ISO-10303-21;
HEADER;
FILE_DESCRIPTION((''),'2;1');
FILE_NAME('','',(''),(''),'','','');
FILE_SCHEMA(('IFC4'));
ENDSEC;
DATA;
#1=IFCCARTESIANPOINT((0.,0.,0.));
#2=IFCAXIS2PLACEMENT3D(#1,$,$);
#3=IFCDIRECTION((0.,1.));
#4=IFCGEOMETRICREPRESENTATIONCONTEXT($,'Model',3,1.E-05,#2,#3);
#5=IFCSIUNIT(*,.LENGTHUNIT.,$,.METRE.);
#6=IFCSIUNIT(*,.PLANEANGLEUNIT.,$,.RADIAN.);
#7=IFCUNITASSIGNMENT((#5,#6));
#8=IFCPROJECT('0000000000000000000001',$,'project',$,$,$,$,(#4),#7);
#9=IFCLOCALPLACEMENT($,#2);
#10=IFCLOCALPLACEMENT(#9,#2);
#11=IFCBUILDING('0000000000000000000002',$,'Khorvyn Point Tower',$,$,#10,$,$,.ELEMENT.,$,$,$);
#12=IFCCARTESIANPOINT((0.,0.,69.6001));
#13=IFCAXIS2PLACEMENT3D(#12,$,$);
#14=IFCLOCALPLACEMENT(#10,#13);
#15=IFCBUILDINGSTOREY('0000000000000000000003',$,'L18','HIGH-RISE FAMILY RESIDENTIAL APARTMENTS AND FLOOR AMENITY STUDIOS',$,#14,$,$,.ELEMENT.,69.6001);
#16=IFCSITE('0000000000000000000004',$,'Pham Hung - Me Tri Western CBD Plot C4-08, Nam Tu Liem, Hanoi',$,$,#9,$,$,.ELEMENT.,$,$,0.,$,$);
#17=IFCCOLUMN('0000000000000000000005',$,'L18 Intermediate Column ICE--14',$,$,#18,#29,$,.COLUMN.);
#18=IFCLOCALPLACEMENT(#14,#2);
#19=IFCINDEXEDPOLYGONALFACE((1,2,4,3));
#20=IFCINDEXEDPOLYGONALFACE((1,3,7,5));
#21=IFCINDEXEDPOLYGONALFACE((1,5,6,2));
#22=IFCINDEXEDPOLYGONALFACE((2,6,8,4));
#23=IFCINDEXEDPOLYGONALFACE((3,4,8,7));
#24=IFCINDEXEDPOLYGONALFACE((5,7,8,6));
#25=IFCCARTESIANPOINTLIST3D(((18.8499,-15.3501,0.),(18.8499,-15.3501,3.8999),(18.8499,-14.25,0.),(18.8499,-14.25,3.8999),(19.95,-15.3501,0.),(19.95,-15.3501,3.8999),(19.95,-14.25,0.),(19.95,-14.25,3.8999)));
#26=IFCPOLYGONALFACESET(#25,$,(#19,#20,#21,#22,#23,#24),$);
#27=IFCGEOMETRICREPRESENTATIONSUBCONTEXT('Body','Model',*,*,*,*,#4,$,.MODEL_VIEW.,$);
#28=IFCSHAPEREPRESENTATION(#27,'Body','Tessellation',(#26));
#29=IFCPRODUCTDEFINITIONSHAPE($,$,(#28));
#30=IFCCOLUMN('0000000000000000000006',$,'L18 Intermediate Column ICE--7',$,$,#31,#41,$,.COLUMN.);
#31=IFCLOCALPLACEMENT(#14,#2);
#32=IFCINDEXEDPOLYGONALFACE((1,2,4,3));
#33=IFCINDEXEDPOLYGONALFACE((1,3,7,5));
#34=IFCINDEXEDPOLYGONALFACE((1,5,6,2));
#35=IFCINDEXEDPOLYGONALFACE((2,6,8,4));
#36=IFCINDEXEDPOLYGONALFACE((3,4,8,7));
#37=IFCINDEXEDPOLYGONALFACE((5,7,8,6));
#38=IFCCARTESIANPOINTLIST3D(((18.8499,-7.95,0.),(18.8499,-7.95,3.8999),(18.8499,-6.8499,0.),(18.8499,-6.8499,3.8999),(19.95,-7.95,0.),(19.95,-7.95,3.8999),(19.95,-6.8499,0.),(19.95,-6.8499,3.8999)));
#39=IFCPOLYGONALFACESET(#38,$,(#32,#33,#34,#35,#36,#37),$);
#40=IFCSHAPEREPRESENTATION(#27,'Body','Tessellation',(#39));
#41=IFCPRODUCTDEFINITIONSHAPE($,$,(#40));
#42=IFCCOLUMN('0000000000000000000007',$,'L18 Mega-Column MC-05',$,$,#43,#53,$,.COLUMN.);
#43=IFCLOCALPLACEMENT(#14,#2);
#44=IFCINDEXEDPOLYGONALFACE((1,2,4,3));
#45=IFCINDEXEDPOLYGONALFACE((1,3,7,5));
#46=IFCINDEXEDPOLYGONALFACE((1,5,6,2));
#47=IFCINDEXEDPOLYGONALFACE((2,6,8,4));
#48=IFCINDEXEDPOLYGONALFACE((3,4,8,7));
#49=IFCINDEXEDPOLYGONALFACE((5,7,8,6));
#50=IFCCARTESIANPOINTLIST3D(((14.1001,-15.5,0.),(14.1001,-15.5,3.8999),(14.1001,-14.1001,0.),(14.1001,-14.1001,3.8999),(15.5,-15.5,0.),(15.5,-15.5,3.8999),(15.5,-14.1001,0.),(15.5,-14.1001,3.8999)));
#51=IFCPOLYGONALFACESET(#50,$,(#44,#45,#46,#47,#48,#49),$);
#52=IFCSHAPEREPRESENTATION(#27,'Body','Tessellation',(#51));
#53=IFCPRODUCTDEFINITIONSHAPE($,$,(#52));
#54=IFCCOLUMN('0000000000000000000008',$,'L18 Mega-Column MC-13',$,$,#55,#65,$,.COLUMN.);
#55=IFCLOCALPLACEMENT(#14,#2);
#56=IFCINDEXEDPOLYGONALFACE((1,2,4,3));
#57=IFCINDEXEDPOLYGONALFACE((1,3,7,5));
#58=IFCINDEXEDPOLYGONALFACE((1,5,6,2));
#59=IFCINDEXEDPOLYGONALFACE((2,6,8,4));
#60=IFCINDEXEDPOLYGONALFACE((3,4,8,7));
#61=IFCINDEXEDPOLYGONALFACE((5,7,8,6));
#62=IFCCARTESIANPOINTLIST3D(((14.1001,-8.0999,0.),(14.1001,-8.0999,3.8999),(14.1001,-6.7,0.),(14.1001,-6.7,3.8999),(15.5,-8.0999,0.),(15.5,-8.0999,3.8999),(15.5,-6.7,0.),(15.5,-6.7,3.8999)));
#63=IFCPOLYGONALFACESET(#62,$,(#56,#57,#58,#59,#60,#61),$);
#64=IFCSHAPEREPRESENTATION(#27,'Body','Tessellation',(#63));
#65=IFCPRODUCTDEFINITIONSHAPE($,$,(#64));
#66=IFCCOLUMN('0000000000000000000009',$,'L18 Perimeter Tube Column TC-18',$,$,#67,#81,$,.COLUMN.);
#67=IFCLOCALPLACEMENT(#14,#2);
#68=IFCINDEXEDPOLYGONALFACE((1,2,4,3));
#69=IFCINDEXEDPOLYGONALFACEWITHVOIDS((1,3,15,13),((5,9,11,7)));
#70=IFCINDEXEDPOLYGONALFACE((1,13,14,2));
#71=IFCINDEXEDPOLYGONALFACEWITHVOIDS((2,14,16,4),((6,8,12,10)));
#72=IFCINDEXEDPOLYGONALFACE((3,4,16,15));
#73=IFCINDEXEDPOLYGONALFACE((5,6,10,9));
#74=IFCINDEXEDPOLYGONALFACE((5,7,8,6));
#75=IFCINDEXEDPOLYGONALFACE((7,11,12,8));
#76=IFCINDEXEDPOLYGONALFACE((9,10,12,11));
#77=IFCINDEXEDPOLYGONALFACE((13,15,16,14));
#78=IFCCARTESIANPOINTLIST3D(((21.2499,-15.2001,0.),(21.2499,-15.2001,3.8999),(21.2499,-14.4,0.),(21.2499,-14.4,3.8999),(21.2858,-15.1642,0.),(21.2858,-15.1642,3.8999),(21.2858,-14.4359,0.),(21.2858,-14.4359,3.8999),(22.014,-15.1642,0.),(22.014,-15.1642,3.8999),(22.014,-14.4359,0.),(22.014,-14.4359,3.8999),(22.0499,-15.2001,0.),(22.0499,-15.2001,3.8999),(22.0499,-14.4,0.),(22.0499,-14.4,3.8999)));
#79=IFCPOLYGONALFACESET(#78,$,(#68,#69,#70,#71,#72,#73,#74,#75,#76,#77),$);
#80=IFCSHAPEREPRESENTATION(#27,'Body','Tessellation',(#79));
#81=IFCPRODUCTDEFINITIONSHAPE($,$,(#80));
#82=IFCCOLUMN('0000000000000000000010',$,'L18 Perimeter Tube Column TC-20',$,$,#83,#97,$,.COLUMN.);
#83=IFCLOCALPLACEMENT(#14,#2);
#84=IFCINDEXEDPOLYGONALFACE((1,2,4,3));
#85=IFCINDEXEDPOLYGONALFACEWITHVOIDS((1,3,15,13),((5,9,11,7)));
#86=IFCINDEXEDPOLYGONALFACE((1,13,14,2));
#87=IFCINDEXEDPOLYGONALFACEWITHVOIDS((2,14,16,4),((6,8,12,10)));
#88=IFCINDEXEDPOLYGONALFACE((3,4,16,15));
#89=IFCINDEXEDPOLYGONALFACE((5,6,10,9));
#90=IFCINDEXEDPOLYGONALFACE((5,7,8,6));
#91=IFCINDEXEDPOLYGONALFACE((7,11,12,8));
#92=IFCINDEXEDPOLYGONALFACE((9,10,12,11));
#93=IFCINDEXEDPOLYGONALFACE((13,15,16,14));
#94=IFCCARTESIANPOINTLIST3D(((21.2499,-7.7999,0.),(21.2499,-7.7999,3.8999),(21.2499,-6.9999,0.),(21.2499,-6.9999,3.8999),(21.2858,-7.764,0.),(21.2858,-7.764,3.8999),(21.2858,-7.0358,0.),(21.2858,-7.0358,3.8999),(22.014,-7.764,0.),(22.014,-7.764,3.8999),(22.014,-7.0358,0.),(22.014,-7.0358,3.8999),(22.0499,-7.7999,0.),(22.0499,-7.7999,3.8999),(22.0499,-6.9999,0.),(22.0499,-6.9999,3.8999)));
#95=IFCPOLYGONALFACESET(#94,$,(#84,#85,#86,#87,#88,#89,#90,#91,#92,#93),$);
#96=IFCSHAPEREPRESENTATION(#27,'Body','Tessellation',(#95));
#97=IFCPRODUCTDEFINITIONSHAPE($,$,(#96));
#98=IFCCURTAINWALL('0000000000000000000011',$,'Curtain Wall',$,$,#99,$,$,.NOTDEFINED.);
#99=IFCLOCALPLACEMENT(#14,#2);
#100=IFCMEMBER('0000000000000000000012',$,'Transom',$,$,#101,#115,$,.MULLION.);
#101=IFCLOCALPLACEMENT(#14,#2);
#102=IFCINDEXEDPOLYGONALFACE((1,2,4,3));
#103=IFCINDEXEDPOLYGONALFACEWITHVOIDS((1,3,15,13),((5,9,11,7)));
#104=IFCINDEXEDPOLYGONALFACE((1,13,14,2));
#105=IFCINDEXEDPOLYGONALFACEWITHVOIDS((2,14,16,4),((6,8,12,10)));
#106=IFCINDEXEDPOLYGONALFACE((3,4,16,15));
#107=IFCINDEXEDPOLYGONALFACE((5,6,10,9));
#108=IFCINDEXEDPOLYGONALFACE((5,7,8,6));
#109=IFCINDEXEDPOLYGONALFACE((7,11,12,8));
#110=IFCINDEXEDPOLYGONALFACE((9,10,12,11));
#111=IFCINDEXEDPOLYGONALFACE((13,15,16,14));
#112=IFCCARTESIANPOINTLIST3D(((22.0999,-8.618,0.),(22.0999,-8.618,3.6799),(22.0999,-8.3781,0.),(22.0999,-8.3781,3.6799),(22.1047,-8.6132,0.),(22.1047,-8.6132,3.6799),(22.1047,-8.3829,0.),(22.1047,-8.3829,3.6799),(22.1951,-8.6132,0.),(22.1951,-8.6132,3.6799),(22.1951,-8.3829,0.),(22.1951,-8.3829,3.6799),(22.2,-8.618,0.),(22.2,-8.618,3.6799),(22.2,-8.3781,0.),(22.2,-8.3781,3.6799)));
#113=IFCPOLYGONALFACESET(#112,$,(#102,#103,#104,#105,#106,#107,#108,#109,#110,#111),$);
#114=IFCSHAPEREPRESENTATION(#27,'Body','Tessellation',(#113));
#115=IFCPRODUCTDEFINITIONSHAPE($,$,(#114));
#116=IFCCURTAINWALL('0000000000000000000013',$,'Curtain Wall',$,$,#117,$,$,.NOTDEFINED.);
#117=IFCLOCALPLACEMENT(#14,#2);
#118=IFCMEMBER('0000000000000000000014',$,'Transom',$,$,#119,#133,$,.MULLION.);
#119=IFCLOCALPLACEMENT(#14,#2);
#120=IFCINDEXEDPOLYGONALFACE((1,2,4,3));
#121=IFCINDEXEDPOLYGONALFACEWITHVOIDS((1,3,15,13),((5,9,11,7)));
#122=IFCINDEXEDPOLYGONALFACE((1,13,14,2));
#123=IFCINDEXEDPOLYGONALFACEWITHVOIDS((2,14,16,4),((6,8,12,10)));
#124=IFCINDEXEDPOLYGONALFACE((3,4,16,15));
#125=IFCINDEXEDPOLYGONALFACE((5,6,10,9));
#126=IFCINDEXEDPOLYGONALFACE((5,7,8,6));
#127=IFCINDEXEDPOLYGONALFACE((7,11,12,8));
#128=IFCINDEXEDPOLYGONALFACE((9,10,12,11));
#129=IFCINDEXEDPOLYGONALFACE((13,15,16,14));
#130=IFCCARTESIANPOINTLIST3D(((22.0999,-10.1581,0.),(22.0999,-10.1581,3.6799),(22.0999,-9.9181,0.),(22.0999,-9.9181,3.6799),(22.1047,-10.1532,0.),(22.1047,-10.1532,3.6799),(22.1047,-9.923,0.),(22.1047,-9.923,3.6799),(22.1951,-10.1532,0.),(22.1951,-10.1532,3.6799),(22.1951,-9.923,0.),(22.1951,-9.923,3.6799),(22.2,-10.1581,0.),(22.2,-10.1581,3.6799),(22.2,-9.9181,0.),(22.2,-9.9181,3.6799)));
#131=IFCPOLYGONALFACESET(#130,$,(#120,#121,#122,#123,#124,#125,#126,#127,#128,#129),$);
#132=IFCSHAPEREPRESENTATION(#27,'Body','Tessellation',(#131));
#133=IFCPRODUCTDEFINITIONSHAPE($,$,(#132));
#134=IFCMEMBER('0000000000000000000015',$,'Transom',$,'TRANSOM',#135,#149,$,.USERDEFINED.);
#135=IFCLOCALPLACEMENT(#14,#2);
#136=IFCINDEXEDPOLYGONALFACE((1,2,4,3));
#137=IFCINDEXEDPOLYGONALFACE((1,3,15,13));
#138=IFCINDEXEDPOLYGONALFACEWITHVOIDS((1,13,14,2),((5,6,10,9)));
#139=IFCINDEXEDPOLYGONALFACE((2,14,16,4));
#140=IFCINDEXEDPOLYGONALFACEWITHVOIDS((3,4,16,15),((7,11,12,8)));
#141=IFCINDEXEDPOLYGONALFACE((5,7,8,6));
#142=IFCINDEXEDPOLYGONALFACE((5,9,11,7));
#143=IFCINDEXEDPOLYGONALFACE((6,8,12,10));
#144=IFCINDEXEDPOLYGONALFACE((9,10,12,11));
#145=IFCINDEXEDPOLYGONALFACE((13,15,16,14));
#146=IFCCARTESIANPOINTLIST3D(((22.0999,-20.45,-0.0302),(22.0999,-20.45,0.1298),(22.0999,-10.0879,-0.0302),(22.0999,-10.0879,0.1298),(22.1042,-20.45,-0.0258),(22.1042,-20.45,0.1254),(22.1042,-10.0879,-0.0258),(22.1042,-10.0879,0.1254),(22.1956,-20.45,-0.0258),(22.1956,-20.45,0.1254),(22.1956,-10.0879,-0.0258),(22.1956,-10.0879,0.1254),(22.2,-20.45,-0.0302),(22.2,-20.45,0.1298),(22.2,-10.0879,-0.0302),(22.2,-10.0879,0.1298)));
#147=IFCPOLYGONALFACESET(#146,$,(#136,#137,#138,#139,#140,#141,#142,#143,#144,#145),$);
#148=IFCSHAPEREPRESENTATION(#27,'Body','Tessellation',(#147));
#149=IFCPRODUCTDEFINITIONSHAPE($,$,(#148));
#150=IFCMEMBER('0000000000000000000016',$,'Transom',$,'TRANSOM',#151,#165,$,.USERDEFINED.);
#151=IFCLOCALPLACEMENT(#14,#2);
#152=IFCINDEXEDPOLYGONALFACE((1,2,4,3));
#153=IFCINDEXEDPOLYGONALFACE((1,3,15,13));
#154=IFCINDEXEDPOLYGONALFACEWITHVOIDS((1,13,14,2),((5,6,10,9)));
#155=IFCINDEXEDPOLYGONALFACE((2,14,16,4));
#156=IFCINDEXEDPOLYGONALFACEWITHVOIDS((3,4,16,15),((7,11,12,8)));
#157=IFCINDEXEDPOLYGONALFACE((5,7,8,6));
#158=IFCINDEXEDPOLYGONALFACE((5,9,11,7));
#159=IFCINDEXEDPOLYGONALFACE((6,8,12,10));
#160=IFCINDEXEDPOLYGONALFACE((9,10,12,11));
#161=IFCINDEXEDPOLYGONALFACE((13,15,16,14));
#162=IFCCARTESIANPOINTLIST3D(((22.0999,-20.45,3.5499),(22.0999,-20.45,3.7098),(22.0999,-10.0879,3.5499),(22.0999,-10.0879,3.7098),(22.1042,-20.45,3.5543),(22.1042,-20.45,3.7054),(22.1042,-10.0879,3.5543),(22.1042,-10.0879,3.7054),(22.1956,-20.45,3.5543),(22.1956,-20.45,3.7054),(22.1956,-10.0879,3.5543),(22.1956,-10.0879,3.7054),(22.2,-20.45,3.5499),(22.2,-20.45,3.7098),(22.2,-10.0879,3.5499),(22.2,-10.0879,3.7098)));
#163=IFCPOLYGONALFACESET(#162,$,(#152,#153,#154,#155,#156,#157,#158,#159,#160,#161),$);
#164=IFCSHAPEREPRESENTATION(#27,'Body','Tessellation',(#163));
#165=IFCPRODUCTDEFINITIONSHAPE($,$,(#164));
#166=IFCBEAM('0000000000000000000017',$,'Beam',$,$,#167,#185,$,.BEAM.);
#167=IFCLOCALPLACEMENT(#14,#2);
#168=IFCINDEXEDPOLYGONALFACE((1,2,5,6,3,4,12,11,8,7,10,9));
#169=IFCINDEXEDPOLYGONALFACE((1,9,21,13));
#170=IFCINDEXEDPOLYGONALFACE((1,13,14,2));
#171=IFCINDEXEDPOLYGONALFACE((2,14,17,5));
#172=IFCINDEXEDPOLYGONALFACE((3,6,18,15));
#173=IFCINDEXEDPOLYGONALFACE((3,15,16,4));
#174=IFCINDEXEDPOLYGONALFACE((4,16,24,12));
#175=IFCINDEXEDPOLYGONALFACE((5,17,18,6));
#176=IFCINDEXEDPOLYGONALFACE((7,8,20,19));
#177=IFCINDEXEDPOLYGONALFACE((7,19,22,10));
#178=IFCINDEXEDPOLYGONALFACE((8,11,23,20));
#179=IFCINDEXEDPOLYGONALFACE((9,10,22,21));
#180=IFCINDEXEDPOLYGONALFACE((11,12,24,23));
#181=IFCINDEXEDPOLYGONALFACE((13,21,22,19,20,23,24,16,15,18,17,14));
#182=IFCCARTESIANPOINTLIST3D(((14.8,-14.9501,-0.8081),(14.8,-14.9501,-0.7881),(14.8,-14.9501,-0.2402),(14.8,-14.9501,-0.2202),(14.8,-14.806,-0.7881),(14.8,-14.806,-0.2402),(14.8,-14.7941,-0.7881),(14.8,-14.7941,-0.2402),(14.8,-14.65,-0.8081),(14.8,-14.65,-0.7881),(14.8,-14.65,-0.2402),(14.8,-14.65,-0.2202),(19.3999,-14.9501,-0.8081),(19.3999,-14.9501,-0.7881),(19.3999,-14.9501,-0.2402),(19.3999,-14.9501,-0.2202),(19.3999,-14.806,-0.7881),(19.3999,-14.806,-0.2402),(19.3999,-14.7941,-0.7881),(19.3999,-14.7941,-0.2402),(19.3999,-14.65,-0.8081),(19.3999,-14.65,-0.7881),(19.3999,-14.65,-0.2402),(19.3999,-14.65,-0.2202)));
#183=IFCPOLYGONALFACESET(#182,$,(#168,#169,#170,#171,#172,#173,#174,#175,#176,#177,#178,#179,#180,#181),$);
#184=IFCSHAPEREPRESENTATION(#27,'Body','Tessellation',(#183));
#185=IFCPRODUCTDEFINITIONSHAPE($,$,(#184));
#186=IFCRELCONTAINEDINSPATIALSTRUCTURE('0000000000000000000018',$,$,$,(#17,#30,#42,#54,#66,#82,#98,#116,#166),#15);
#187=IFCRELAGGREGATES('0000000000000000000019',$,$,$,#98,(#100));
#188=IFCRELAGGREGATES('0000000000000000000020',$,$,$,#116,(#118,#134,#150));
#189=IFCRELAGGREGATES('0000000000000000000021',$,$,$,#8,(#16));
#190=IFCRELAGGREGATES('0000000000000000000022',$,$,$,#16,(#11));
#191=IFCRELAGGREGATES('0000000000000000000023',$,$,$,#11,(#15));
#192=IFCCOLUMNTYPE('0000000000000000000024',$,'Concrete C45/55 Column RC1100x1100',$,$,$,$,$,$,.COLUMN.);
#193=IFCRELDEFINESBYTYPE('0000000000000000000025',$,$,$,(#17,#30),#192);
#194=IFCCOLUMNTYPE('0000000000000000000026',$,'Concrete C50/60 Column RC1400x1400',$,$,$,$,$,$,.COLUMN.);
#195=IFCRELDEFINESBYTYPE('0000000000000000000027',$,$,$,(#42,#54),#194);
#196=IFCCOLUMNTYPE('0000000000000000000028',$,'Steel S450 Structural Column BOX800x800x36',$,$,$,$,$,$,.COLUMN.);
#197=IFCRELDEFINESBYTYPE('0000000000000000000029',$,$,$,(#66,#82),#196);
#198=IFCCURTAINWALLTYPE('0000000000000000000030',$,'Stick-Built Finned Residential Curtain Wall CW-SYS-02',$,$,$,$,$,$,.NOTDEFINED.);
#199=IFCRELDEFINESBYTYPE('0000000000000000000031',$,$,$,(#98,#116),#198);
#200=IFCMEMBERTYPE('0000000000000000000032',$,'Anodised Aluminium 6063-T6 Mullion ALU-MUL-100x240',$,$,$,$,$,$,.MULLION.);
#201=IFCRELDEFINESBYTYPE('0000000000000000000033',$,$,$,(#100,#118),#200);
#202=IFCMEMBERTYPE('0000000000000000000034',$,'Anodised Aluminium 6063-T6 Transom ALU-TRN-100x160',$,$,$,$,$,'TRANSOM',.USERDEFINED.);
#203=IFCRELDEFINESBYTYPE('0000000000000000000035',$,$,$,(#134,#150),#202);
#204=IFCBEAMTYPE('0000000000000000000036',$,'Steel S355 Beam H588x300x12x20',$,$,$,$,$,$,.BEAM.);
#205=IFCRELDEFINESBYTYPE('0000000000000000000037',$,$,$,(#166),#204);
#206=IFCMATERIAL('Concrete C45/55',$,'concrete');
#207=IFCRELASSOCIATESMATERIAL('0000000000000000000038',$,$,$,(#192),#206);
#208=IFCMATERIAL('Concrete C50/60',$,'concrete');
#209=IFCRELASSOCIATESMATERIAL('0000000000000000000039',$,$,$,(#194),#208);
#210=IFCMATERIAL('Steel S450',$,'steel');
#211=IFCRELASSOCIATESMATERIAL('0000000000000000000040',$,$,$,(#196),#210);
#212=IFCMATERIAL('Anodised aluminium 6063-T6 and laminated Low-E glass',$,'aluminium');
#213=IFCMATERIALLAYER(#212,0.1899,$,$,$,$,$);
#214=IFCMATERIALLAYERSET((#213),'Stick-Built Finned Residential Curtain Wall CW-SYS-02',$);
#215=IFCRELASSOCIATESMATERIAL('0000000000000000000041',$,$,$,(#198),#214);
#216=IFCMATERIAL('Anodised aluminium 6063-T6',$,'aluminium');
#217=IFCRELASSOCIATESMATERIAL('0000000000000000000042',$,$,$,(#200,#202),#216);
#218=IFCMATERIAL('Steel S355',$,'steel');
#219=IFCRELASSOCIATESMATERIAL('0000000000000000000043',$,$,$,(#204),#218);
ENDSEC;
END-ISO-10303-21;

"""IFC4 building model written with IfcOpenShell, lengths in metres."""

from ifc_helpers import new_model, si_unit, direction, frame, origin, origin_2d, place, context, subcontext, project, spatial, rectangle, hollow_rectangle, i_section, extrude, material, layer, layer_set, material_profile, profile_set, type_object, element, aggregate, save


model = new_model("IFC4")

# Units and contexts
model_context = context("Model", 3, precision=1e-05, world=origin(), true_north=direction((0.0, 1.0)))
body_context = subcontext(model_context, "Body", "Model", "MODEL_VIEW")
ifc_project = project(units=[si_unit("LENGTHUNIT", "METRE"), si_unit("PLANEANGLEUNIT", "RADIAN")], contexts=[model_context])

# Site, building, storey
site_placement = place(None, origin())
site = spatial("IfcSite", under=ifc_project, at=site_placement, Name="Pham Hung - Me Tri Western CBD Plot C4-08, Nam Tu Liem, Hanoi", CompositionType="ELEMENT", RefElevation=0.0)
building_placement = place(site_placement, origin())
building = spatial("IfcBuilding", under=site, at=building_placement, Name="Khorvyn Point Tower", CompositionType="ELEMENT")
storey_placement = place(building_placement, frame((0.0, 0.0, 69.6001)))
storey = spatial("IfcBuildingStorey", under=building, at=storey_placement, Name="L18", Description="HIGH-RISE FAMILY RESIDENTIAL APARTMENTS AND FLOOR AMENITY STUDIOS", CompositionType="ELEMENT", Elevation=69.6001)

# Columns
ifc_material_1 = material(Name="Concrete C45/55", Category="concrete")
ifc_material_profile_1 = material_profile(ifc_material_1, rectangle(XDim=1.1001, YDim=1.1001, at=origin_2d()))
ifc_profile_set_1 = profile_set([ifc_material_profile_1], Name="Concrete C45/55 RC1100x1100")
column_type_1 = type_object("IfcColumnType", Name="Concrete C45/55 Column RC1100x1100", PredefinedType="COLUMN", material=ifc_profile_set_1)
for number, where, z_axis, x_axis, name in (
    (1, (19.3999, -14.8, 0.0), (0.0, 0.0, 1.0), (1.0, 0.0, 0.0), "L18 Intermediate Column ICE--14"),
    (2, (19.3999, -7.3999, 0.0), (0.0, 0.0, 1.0), (1.0, 0.0, 0.0), "L18 Intermediate Column ICE--7"),
):
    element("IfcColumn", number, at=place(storey_placement, frame(where, z_axis=z_axis, x_axis=x_axis)), inside=storey, type_object=column_type_1, Name=name, PredefinedType="COLUMN", context=body_context, shape_type="SweptSolid", body=[
        extrude(rectangle(XDim=1.1001, YDim=1.1001, at=origin_2d()), origin(), (0.0, 0.0, 1.0), 3.8999),
    ])
ifc_material_2 = material(Name="Concrete C50/60", Category="concrete")
ifc_material_profile_2 = material_profile(ifc_material_2, rectangle(XDim=1.3999, YDim=1.3999, at=origin_2d()))
ifc_profile_set_2 = profile_set([ifc_material_profile_2], Name="Concrete C50/60 RC1400x1400")
column_type_2 = type_object("IfcColumnType", Name="Concrete C50/60 Column RC1400x1400", PredefinedType="COLUMN", material=ifc_profile_set_2)
for number, where, z_axis, x_axis, name in (
    (3, (14.8, -14.8, 0.0), (0.0, 0.0, 1.0), (1.0, 0.0, 0.0), "L18 Mega-Column MC-05"),
    (4, (14.8, -7.3999, 0.0), (0.0, 0.0, 1.0), (1.0, 0.0, 0.0), "L18 Mega-Column MC-13"),
):
    element("IfcColumn", number, at=place(storey_placement, frame(where, z_axis=z_axis, x_axis=x_axis)), inside=storey, type_object=column_type_2, Name=name, PredefinedType="COLUMN", context=body_context, shape_type="SweptSolid", body=[
        extrude(rectangle(XDim=1.3999, YDim=1.3999, at=origin_2d()), origin(), (0.0, 0.0, 1.0), 3.8999),
    ])
ifc_material_3 = material(Name="Steel S450", Category="steel")
ifc_material_profile_3 = material_profile(ifc_material_3, hollow_rectangle(XDim=0.8, YDim=0.8, WallThickness=0.0359, at=origin_2d()))
ifc_profile_set_3 = profile_set([ifc_material_profile_3], Name="Steel S450 BOX800x800x36")
column_type_3 = type_object("IfcColumnType", Name="Steel S450 Structural Column BOX800x800x36", PredefinedType="COLUMN", material=ifc_profile_set_3)
for number, where, z_axis, x_axis, name in (
    (5, (21.6499, -14.8, 0.0), (0.0, 0.0, 1.0), (1.0, 0.0, 0.0), "L18 Perimeter Tube Column TC-18"),
    (6, (21.6499, -7.3999, 0.0), (0.0, 0.0, 1.0), (1.0, 0.0, 0.0), "L18 Perimeter Tube Column TC-20"),
):
    element("IfcColumn", number, at=place(storey_placement, frame(where, z_axis=z_axis, x_axis=x_axis)), inside=storey, type_object=column_type_3, Name=name, PredefinedType="COLUMN", context=body_context, shape_type="SweptSolid", body=[
        extrude(hollow_rectangle(XDim=0.8, YDim=0.8, WallThickness=0.0359, at=origin_2d()), origin(), (0.0, 0.0, 1.0), 3.8999),
    ])

# Curtain wall, member
ifc_material_4 = material(Name="Anodised aluminium 6063-T6 and laminated Low-E glass", Category="aluminium")
ifc_layer_1 = layer(ifc_material_4, 0.1899)
ifc_layer_set_1 = layer_set([ifc_layer_1], Name="Stick-Built Finned Residential Curtain Wall CW-SYS-02")
curtain_wall_type = type_object("IfcCurtainWallType", Name="Stick-Built Finned Residential Curtain Wall CW-SYS-02", PredefinedType="NOTDEFINED", material=ifc_layer_set_1)
curtain_wall_1_placement = place(storey_placement, origin())
curtain_wall_1 = element("IfcCurtainWall", 7, at=curtain_wall_1_placement, inside=storey, type_object=curtain_wall_type, Name="Curtain Wall", PredefinedType="NOTDEFINED")
ifc_material_5 = material(Name="Anodised aluminium 6063-T6", Category="aluminium")
ifc_material_profile_4 = material_profile(ifc_material_5, hollow_rectangle(XDim=0.1001, YDim=0.24, WallThickness=0.0049, at=origin_2d()))
ifc_profile_set_4 = profile_set([ifc_material_profile_4], Name="Anodised aluminium 6063-T6 ALU-MUL-100x240")
member_type_1 = type_object("IfcMemberType", Name="Anodised Aluminium 6063-T6 Mullion ALU-MUL-100x240", PredefinedType="MULLION", material=ifc_profile_set_4)
member_1_placement = place(storey_placement, frame((22.1499, -8.498, 0.0), z_axis=(0.0, 0.0, 1.0), x_axis=(1.0, 0.0, 0.0)))
member_1 = element("IfcMember", 8, at=member_1_placement, type_object=member_type_1, Name="Transom", PredefinedType="MULLION", context=body_context, shape_type="SweptSolid", body=[
    extrude(hollow_rectangle(XDim=0.1001, YDim=0.24, WallThickness=0.0049, at=origin_2d()), origin(), (0.0, 0.0, 1.0), 3.6799),
])
aggregate(curtain_wall_1, [member_1])

# Curtain wall, members
curtain_wall_2_placement = place(storey_placement, origin())
curtain_wall_2 = element("IfcCurtainWall", 9, at=curtain_wall_2_placement, inside=storey, type_object=curtain_wall_type, Name="Curtain Wall", PredefinedType="NOTDEFINED")
member_2_placement = place(storey_placement, frame((22.1499, -10.0381, 0.0), z_axis=(0.0, 0.0, 1.0), x_axis=(1.0, 0.0, 0.0)))
member_2 = element("IfcMember", 10, at=member_2_placement, type_object=member_type_1, Name="Transom", PredefinedType="MULLION", context=body_context, shape_type="SweptSolid", body=[
    extrude(hollow_rectangle(XDim=0.1001, YDim=0.24, WallThickness=0.0049, at=origin_2d()), origin(), (0.0, 0.0, 1.0), 3.6799),
])
ifc_material_profile_5 = material_profile(ifc_material_5, hollow_rectangle(XDim=0.1001, YDim=0.1599, WallThickness=0.0044, at=origin_2d()))
ifc_profile_set_5 = profile_set([ifc_material_profile_5], Name="Anodised aluminium 6063-T6 ALU-TRN-100x160")
member_type_2 = type_object("IfcMemberType", Name="Anodised Aluminium 6063-T6 Transom ALU-TRN-100x160", ElementType="TRANSOM", PredefinedType="USERDEFINED", material=ifc_profile_set_5)
member_3_placement = place(storey_placement, frame((22.1499, -10.0879, 0.0498), z_axis=(0.0, -1.0, 0.0), x_axis=(1.0, 0.0, 0.0)))
member_3 = element("IfcMember", 11, at=member_3_placement, type_object=member_type_2, Name="Transom", ObjectType="TRANSOM", PredefinedType="USERDEFINED", context=body_context, shape_type="SweptSolid", body=[
    extrude(hollow_rectangle(XDim=0.1001, YDim=0.1599, WallThickness=0.0044, at=origin_2d()), origin(), (0.0, 0.0, 1.0), 10.3621),
])
member_4_placement = place(storey_placement, frame((22.1499, -10.0879, 3.6299), z_axis=(0.0, -1.0, 0.0), x_axis=(1.0, 0.0, 0.0)))
member_4 = element("IfcMember", 12, at=member_4_placement, type_object=member_type_2, Name="Transom", ObjectType="TRANSOM", PredefinedType="USERDEFINED", context=body_context, shape_type="SweptSolid", body=[
    extrude(hollow_rectangle(XDim=0.1001, YDim=0.1599, WallThickness=0.0044, at=origin_2d()), origin(), (0.0, 0.0, 1.0), 10.3621),
])
aggregate(curtain_wall_2, [member_2, member_3, member_4])

# Beam
ifc_material_6 = material(Name="Steel S355", Category="steel")
ifc_material_profile_6 = material_profile(ifc_material_6, i_section(OverallWidth=0.3, OverallDepth=0.5879, WebThickness=0.012, FlangeThickness=0.02, at=origin_2d()))
ifc_profile_set_6 = profile_set([ifc_material_profile_6], Name="Steel S355 H588x300x12x20")
beam_type_1 = type_object("IfcBeamType", Name="Steel S355 Beam H588x300x12x20", PredefinedType="BEAM", material=ifc_profile_set_6)
beam_1_placement = place(storey_placement, frame((14.8, -14.8, -0.5142), z_axis=(1.0, 0.0, 0.0), x_axis=(0.0, 1.0, 0.0)))
element("IfcBeam", 13, at=beam_1_placement, inside=storey, type_object=beam_type_1, Name="Beam", PredefinedType="BEAM", context=body_context, shape_type="SweptSolid", body=[
    extrude(i_section(OverallWidth=0.3, OverallDepth=0.5879, WebThickness=0.012, FlangeThickness=0.02, at=origin_2d()), origin(), (0.0, 0.0, 1.0), 4.5999),
])

save(model, "model.ifc")
